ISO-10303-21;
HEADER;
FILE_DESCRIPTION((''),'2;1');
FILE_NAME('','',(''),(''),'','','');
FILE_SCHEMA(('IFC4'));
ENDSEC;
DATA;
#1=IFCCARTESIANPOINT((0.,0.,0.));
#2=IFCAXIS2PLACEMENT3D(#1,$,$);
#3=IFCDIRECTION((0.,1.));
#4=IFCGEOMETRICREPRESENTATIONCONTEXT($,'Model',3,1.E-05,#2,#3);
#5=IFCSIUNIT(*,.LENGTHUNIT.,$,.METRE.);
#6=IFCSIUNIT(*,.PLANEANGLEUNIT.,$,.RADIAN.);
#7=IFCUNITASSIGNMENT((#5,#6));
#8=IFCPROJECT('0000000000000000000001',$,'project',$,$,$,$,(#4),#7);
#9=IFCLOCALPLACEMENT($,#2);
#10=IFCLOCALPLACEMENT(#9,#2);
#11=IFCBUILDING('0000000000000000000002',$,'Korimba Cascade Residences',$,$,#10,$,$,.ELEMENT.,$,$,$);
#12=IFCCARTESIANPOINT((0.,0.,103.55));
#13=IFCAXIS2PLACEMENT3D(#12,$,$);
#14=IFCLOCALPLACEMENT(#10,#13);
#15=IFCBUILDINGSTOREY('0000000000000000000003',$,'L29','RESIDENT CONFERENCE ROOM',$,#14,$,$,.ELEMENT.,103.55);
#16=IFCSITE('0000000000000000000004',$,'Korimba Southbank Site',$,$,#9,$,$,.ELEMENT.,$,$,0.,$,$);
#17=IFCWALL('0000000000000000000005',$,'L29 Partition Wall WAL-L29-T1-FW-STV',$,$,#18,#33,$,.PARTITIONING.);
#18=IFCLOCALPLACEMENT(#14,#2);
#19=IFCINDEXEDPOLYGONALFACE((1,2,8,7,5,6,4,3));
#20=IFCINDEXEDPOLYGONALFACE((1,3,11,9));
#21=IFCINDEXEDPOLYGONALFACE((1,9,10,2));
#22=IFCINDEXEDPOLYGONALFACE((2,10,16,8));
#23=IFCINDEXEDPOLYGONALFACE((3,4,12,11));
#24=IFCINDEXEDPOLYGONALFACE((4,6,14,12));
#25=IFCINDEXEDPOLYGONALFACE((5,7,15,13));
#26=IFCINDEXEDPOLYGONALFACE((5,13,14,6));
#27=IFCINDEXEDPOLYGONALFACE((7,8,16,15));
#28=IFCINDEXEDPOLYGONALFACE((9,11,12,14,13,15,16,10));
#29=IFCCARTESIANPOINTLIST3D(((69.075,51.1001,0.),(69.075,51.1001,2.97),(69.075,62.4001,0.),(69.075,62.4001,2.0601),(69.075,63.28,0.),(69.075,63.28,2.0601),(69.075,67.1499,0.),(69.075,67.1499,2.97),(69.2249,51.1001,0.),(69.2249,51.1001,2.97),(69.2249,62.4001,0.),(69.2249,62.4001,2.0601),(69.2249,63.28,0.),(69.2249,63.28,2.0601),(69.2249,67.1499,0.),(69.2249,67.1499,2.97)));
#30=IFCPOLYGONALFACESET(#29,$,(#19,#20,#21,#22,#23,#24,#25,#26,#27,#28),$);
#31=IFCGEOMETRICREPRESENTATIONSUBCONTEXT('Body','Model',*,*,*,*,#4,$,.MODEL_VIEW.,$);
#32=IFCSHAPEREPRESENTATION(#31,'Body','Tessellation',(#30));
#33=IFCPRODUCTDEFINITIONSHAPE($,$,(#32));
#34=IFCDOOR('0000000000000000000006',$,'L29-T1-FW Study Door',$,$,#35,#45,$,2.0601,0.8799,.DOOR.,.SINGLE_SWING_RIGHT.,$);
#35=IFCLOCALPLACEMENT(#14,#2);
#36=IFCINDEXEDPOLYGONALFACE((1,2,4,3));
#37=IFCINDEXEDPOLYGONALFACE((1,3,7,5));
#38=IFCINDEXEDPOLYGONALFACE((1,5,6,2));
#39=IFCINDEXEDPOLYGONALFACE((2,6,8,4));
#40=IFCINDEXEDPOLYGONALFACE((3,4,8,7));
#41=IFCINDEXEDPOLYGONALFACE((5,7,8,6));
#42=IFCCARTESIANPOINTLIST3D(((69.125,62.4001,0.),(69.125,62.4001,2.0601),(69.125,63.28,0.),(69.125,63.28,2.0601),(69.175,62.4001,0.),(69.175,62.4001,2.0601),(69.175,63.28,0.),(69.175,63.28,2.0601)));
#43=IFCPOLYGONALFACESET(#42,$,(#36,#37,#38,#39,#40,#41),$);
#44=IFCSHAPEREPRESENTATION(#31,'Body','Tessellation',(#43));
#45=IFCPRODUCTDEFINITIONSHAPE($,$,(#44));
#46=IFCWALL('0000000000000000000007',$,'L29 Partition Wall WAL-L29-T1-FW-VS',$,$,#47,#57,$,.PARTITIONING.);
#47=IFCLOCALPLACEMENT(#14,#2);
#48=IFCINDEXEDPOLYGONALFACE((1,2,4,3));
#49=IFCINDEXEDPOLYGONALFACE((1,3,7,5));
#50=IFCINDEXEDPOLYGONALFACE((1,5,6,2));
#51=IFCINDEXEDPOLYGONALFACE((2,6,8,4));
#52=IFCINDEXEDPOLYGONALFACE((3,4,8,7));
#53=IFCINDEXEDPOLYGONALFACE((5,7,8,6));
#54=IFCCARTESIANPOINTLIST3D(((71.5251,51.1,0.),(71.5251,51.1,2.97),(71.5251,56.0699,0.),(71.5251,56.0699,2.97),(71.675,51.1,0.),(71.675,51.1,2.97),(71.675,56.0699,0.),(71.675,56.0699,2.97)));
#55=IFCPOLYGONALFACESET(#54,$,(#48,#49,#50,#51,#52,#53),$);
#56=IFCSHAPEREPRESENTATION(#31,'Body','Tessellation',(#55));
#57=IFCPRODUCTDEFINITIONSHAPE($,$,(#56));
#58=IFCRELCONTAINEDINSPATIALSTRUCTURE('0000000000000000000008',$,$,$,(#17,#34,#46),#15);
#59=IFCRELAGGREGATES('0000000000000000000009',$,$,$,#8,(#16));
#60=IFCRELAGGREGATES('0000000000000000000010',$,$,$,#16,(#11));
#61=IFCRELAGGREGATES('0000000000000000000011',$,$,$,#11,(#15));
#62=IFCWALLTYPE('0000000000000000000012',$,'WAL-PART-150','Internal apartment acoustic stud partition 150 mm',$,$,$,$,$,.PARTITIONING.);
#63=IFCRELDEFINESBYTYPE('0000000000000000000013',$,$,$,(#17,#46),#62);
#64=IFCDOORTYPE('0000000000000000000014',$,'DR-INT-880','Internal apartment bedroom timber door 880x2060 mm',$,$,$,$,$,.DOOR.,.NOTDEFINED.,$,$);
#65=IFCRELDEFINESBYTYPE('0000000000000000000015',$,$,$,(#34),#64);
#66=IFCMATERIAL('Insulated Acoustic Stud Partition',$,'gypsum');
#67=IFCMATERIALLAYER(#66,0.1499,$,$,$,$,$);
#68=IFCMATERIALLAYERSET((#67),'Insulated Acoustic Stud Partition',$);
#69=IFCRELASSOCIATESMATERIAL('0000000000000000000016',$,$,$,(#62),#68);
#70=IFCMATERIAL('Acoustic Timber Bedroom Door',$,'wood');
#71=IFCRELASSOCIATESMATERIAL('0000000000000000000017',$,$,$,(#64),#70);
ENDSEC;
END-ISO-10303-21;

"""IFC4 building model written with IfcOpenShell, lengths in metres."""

from ifc_helpers import new_model, si_unit, direction, frame, frame_2d, origin, place, context, subcontext, project, spatial, rectangle, extrude, material, layer, layer_set, type_object, element, fill, save


model = new_model("IFC4")

# Units and contexts
model_context = context("Model", 3, precision=1e-05, world=origin(), true_north=direction((0.0, 1.0)))
body_context = subcontext(model_context, "Body", "Model", "MODEL_VIEW")
ifc_project = project(units=[si_unit("LENGTHUNIT", "METRE"), si_unit("PLANEANGLEUNIT", "RADIAN")], contexts=[model_context])

# Site, building, storey
site_placement = place(None, origin())
site = spatial("IfcSite", under=ifc_project, at=site_placement, Name="Korimba Southbank Site", CompositionType="ELEMENT", RefElevation=0.0)
building_placement = place(site_placement, origin())
building = spatial("IfcBuilding", under=site, at=building_placement, Name="Korimba Cascade Residences", CompositionType="ELEMENT")
storey_placement = place(building_placement, frame((0.0, 0.0, 103.55)))
storey = spatial("IfcBuildingStorey", under=building, at=storey_placement, Name="L29", Description="RESIDENT CONFERENCE ROOM", CompositionType="ELEMENT", Elevation=103.55)

# Wall, opening, door
ifc_material_1 = material(Name="Insulated Acoustic Stud Partition", Category="gypsum")
ifc_layer_1 = layer(ifc_material_1, 0.1499)
ifc_layer_set_1 = layer_set([ifc_layer_1], Name="Insulated Acoustic Stud Partition")
wall_type_1 = type_object("IfcWallType", Name="WAL-PART-150", Description="Internal apartment acoustic stud partition 150 mm", PredefinedType="PARTITIONING", material=ifc_layer_set_1)
wall_1_placement = place(storey_placement, frame((69.1499, 51.1001, 0.0), z_axis=(0.0, 0.0, 1.0), x_axis=(0.0, 1.0, 0.0)))
wall_1 = element("IfcWall", 1, at=wall_1_placement, inside=storey, type_object=wall_type_1, Name="L29 Partition Wall WAL-L29-T1-FW-STV", PredefinedType="PARTITIONING", context=body_context, shape_type="SweptSolid", body=[
    extrude(rectangle(XDim=16.0498, YDim=0.1499, at=frame_2d((8.0249, 0.0))), origin(), (0.0, 0.0, 1.0), 2.97),
])
opening_1_placement = place(wall_1_placement, frame((11.3, 0.0, 0.0)))
opening_1 = element("IfcOpeningElement", 2, at=opening_1_placement, cuts=wall_1, PredefinedType="OPENING", context=body_context, shape_type="SweptSolid", body=[
    extrude(rectangle(XDim=0.8799, YDim=2.0601, at=frame_2d((0.4399, 1.03))), frame((0.0, 0.085, 0.0), z_axis=(0.0, -1.0, 0.0), x_axis=(1.0, 0.0, 0.0)), (0.0, 0.0, 1.0), 0.1699),
])
ifc_material_2 = material(Name="Acoustic Timber Bedroom Door", Category="wood")
door_type = type_object("IfcDoorType", Name="DR-INT-880", Description="Internal apartment bedroom timber door 880x2060 mm", OperationType="NOTDEFINED", PredefinedType="DOOR", material=ifc_material_2)
door_placement = place(opening_1_placement, origin())
door = element("IfcDoor", 3, at=door_placement, inside=storey, type_object=door_type, Name="L29-T1-FW Study Door", OperationType="SINGLE_SWING_RIGHT", OverallHeight=2.0601, OverallWidth=0.8799, PredefinedType="DOOR", context=body_context, shape_type="SweptSolid", body=[
    extrude(rectangle(XDim=0.8799, YDim=2.0601, at=frame_2d((0.4399, 1.03))), frame((0.0, 0.0249, 0.0), z_axis=(0.0, -1.0, 0.0), x_axis=(1.0, 0.0, 0.0)), (0.0, 0.0, 1.0), 0.05),
])
fill(opening_1, door)

# Wall
wall_2_placement = place(storey_placement, frame((71.6001, 51.1001, 0.0), z_axis=(0.0, 0.0, 1.0), x_axis=(0.0, 1.0, 0.0)))
element("IfcWall", 4, at=wall_2_placement, inside=storey, type_object=wall_type_1, Name="L29 Partition Wall WAL-L29-T1-FW-VS", PredefinedType="PARTITIONING", context=body_context, shape_type="SweptSolid", body=[
    extrude(rectangle(XDim=4.97, YDim=0.1499, at=frame_2d((2.4849, 0.0))), origin(), (0.0, 0.0, 1.0), 2.97),
])

save(model, "model.ifc")
